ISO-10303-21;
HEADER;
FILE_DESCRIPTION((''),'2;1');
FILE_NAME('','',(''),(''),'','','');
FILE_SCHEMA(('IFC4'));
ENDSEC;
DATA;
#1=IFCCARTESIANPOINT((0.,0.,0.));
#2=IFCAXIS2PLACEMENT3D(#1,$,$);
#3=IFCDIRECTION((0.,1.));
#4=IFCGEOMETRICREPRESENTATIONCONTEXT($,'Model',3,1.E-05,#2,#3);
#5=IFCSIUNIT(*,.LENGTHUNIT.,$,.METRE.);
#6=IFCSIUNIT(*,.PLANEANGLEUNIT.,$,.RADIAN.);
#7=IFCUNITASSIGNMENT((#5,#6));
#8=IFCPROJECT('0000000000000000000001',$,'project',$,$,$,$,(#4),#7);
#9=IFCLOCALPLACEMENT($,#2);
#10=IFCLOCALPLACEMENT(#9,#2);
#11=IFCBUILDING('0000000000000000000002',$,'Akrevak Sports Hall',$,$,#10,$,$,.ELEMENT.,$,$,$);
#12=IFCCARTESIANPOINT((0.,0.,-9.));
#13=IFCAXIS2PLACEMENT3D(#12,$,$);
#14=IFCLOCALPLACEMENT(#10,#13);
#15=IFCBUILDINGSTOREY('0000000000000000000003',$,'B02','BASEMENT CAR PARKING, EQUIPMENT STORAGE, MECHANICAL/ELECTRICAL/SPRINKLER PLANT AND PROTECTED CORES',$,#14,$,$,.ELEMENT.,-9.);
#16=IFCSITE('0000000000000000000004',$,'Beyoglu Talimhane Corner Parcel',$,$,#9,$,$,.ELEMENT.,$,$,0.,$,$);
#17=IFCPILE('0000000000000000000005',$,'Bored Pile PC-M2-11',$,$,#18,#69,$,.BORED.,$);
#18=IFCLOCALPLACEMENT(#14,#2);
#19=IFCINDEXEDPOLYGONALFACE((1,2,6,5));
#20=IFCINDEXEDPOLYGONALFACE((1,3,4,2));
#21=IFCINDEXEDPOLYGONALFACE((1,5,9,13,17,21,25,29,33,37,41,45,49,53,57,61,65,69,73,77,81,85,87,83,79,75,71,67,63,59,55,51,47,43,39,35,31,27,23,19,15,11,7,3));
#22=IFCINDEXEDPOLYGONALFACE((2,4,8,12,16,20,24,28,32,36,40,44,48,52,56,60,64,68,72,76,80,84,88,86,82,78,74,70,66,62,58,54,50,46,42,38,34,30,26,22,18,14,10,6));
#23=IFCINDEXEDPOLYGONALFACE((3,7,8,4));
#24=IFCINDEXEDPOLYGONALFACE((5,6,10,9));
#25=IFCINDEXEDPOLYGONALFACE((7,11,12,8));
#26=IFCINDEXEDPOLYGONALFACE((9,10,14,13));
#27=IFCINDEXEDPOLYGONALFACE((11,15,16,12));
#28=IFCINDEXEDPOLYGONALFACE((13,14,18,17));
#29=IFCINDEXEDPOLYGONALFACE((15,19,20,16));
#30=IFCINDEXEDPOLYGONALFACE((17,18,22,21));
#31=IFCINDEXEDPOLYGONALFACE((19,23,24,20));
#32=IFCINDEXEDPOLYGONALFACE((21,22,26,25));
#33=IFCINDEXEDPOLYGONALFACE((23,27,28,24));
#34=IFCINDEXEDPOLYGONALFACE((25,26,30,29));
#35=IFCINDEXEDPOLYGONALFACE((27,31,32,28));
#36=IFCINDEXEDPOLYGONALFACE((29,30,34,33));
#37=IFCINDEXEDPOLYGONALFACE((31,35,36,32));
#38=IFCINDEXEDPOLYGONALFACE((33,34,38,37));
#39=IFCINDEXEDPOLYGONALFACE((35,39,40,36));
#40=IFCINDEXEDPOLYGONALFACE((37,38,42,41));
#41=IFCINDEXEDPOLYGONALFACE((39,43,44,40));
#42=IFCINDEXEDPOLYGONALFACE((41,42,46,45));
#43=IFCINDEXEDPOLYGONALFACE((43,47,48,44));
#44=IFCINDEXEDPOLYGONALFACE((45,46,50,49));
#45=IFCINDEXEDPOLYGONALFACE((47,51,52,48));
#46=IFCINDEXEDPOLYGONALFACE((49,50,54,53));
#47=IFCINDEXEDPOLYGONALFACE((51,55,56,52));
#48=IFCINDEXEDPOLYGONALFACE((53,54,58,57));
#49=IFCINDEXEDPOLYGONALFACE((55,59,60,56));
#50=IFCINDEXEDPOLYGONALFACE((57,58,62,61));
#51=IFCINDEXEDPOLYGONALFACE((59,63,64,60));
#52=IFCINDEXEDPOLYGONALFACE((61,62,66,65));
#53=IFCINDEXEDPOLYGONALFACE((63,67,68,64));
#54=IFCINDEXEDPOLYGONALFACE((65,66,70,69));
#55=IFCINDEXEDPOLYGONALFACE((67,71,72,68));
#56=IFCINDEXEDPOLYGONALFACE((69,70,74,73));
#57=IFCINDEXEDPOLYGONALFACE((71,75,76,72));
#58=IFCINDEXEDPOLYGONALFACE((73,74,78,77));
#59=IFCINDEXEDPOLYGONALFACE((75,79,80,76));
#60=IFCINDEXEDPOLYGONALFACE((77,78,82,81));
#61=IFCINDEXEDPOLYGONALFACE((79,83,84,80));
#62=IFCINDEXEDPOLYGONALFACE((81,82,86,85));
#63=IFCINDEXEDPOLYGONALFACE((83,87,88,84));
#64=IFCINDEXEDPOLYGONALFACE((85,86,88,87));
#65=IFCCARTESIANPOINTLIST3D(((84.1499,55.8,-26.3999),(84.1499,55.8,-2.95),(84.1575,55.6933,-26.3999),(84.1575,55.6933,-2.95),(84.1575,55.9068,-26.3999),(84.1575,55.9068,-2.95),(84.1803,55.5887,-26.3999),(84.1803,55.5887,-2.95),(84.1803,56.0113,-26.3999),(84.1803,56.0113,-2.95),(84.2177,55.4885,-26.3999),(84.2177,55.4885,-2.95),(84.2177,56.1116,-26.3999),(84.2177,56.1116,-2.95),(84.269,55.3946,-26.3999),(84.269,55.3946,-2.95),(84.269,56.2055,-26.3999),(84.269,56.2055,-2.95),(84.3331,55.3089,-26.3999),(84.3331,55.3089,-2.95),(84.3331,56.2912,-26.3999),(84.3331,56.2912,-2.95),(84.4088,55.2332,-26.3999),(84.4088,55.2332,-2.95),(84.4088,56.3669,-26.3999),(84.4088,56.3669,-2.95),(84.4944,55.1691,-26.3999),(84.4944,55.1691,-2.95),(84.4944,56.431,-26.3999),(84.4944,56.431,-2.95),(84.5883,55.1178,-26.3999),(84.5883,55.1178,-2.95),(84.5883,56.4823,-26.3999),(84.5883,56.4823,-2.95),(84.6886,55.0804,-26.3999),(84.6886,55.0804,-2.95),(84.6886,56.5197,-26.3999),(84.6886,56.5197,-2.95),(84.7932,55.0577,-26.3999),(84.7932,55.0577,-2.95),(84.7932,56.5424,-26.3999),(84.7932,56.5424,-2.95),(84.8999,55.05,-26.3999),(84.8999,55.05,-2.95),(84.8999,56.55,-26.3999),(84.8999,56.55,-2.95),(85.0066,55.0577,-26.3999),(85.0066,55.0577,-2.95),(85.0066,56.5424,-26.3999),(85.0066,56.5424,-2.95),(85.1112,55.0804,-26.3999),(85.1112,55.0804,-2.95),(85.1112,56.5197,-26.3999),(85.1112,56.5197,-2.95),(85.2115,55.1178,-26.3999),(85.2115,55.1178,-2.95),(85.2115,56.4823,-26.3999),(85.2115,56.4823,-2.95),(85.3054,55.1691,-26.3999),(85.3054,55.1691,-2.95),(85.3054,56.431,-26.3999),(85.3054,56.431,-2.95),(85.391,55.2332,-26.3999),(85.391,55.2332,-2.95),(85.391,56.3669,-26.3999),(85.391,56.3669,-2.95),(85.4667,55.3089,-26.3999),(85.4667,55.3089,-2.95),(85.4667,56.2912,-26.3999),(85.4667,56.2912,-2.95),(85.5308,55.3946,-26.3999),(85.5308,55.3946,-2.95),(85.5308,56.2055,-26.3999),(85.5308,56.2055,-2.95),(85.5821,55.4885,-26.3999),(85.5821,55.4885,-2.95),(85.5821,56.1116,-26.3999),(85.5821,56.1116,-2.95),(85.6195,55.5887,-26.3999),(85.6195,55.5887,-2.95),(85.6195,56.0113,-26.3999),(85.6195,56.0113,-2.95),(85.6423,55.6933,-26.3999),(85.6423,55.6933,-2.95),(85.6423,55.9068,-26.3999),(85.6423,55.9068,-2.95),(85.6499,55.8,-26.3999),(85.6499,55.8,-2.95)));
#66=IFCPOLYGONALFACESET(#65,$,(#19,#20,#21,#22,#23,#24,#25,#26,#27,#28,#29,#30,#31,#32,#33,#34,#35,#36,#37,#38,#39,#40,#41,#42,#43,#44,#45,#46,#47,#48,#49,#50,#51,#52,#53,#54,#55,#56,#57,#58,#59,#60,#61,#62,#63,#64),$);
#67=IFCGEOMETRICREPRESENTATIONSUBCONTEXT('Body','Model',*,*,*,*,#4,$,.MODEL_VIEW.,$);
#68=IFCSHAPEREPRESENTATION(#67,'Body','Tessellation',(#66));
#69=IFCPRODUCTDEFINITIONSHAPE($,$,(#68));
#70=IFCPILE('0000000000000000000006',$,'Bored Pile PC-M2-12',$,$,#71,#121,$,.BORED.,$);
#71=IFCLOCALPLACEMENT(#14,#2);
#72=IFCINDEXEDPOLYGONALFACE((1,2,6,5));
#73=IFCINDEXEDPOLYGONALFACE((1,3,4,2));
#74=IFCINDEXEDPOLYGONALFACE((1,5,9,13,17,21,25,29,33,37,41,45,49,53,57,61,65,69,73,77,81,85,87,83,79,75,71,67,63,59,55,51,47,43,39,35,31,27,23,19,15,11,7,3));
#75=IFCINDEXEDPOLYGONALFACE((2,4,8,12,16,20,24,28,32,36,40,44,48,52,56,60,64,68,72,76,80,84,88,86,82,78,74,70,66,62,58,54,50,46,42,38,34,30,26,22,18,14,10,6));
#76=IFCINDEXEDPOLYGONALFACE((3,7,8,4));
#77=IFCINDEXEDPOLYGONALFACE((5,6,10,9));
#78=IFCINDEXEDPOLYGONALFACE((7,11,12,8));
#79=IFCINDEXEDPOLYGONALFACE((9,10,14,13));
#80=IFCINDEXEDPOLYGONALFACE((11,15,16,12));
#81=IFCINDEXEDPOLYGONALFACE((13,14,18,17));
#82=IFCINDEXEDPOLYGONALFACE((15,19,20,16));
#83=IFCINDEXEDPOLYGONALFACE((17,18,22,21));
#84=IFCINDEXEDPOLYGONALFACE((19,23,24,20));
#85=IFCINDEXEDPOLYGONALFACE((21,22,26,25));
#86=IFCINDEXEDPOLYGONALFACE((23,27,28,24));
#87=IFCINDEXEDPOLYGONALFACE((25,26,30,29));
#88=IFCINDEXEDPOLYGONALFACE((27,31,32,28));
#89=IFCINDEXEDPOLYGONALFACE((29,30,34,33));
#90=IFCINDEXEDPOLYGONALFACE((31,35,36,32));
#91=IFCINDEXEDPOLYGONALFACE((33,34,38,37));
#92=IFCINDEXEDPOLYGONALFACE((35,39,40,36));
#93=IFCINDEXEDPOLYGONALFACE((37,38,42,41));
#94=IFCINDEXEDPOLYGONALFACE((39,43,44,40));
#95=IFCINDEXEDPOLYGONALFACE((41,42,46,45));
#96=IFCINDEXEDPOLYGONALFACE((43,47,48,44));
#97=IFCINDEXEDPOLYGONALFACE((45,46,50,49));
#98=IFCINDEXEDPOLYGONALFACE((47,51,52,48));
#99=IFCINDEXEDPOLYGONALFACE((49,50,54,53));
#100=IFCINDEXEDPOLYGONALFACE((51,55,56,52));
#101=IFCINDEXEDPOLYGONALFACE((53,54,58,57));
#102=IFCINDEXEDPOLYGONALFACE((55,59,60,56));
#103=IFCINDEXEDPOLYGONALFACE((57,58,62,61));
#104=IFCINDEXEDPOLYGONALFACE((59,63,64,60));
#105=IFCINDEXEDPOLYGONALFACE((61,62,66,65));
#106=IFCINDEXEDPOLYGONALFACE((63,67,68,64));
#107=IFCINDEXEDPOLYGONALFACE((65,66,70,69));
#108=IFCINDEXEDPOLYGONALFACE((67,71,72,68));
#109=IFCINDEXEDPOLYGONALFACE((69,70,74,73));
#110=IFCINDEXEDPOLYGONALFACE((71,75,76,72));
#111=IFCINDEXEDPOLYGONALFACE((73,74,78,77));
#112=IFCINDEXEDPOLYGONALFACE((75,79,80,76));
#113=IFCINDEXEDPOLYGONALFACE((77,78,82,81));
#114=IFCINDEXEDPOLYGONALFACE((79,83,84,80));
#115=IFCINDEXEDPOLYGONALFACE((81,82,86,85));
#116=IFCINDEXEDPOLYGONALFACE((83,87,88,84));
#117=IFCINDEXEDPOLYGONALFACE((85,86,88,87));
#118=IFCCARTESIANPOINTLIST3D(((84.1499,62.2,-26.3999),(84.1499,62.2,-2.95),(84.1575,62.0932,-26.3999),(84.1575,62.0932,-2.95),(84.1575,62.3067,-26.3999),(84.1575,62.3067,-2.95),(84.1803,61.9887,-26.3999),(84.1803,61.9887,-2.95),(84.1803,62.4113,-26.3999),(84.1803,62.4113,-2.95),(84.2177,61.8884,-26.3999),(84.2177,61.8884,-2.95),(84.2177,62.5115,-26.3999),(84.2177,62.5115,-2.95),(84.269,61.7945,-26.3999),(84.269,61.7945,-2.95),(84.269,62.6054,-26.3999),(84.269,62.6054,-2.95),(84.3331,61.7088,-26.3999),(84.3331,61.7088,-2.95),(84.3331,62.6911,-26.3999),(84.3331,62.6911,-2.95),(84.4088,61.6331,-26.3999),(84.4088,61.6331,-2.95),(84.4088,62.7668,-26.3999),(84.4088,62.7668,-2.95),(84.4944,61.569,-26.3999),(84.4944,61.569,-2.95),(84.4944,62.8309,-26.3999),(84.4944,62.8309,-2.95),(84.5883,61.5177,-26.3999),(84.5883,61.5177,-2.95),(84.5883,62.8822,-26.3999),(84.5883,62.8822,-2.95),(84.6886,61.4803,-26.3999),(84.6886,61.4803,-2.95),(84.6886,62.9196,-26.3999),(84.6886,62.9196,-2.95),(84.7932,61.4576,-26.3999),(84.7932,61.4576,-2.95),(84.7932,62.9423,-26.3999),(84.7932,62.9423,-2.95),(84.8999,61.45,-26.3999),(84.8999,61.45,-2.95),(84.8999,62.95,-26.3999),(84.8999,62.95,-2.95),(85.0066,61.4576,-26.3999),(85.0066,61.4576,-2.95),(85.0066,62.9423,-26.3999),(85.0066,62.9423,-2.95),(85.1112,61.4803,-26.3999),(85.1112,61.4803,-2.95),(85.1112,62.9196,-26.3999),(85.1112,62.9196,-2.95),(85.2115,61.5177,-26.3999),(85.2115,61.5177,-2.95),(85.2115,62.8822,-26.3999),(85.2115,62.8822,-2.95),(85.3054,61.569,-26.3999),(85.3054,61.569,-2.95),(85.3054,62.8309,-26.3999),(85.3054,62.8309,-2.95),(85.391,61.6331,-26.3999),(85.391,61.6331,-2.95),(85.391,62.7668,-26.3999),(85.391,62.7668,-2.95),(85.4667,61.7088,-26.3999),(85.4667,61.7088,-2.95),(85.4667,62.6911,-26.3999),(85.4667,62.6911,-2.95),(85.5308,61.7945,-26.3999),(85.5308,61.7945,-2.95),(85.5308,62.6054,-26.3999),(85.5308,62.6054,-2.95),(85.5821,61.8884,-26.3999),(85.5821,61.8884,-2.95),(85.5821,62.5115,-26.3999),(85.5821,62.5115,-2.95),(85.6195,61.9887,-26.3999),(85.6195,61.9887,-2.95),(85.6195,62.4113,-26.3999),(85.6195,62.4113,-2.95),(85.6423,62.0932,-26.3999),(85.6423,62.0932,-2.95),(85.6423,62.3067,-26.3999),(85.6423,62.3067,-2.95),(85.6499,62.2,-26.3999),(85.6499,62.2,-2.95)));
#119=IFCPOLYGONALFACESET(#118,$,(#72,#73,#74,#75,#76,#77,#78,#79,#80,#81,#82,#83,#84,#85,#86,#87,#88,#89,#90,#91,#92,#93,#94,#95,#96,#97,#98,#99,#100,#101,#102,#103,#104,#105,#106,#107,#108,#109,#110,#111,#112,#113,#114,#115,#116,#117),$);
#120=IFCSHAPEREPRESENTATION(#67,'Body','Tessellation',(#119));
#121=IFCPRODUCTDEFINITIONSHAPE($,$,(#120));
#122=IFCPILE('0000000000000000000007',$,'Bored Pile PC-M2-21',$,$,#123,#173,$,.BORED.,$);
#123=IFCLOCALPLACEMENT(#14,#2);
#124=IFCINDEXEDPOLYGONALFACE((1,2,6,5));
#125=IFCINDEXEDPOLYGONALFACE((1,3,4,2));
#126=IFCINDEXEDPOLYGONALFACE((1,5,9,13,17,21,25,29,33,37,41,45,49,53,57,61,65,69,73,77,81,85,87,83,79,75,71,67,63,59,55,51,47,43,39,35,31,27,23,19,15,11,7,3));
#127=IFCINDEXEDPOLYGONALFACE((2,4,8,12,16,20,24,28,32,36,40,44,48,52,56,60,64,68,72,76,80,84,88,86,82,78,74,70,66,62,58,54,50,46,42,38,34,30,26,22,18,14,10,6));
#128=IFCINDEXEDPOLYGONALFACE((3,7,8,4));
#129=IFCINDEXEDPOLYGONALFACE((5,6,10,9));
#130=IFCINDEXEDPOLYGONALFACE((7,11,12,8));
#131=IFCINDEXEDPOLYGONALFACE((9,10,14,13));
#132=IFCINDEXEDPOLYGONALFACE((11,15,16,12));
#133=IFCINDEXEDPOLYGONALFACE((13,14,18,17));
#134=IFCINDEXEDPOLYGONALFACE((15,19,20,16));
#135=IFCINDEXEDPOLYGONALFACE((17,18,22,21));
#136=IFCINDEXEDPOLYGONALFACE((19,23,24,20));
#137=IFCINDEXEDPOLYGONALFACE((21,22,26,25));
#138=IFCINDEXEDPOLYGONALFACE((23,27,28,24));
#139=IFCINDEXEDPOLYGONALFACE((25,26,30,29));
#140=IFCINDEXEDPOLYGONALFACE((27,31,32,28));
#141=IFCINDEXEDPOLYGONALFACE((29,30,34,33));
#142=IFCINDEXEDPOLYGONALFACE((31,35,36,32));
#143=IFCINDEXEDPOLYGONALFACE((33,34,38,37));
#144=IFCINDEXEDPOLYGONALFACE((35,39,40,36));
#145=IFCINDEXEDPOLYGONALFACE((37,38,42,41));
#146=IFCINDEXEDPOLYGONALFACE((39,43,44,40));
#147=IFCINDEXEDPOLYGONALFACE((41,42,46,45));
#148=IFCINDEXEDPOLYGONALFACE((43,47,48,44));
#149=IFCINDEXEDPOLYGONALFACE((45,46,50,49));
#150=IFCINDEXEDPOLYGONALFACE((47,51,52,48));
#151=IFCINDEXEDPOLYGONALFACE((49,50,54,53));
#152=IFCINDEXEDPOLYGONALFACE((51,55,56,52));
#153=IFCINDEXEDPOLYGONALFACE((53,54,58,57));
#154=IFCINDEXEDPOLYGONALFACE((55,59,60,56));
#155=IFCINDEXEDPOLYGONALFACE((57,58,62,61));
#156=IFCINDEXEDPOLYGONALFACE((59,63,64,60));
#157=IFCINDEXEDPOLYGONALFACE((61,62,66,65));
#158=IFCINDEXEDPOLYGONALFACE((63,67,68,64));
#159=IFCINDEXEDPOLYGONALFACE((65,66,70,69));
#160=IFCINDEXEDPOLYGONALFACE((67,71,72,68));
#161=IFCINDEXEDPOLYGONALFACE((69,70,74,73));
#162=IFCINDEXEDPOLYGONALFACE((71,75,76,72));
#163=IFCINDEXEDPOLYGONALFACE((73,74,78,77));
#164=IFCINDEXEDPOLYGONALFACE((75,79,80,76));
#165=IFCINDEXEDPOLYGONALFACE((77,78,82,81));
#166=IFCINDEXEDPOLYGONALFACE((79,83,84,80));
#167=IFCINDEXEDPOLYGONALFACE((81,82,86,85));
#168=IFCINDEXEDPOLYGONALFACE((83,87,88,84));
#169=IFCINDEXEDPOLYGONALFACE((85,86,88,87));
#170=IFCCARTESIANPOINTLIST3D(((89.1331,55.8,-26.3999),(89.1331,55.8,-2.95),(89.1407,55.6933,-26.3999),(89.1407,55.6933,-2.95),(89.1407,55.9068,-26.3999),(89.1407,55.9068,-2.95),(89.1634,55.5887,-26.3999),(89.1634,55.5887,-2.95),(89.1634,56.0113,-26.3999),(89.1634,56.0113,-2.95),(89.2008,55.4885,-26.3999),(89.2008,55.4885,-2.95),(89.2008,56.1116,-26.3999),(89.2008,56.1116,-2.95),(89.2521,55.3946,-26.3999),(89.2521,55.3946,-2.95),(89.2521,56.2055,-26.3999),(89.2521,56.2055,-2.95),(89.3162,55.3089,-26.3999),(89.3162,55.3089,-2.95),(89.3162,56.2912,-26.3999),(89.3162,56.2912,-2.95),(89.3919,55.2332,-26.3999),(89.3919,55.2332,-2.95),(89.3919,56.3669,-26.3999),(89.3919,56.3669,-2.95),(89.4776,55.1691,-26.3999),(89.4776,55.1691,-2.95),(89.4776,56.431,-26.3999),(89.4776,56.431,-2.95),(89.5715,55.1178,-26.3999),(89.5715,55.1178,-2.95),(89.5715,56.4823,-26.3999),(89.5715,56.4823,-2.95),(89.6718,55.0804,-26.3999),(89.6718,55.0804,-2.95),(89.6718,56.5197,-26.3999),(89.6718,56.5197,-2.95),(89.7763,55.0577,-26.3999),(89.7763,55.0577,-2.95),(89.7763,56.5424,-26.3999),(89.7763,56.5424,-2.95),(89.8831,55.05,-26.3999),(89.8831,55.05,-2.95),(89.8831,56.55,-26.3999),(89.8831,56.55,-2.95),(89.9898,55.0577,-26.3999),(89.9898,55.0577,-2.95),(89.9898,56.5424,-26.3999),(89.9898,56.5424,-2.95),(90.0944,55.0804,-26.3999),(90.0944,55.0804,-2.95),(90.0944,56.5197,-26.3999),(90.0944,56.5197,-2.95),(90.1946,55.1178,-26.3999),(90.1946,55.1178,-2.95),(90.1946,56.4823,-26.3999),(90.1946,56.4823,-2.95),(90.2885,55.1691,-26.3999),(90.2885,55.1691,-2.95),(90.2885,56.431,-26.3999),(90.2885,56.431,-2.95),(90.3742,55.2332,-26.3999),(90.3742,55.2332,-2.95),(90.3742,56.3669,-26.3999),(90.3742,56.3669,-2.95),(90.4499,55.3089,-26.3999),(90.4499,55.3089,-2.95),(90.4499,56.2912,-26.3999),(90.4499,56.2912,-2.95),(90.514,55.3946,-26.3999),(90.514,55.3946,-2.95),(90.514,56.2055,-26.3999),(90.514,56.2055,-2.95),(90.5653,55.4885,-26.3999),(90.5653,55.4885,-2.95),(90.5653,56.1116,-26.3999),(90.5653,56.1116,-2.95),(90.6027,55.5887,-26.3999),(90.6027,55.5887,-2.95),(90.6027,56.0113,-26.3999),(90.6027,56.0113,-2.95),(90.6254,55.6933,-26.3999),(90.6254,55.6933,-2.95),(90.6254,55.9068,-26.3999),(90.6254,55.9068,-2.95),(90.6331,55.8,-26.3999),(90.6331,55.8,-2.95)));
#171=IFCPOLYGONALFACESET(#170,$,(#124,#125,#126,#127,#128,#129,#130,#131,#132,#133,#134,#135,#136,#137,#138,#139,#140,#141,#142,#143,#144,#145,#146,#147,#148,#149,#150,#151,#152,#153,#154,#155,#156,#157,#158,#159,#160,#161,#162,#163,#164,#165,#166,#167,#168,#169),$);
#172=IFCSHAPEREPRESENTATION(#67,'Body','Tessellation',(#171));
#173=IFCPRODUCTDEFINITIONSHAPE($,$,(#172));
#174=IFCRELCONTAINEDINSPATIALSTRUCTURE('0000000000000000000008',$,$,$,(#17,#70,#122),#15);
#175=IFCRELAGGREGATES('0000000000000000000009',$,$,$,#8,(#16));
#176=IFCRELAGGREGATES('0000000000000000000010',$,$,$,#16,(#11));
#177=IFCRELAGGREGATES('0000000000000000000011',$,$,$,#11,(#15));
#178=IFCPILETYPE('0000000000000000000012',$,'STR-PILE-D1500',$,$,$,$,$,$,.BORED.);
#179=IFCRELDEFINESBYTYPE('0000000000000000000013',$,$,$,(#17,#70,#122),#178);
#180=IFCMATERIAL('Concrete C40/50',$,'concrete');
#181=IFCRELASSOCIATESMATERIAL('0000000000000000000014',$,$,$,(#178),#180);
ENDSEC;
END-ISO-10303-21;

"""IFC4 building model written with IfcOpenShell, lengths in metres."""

from ifc_helpers import new_model, si_unit, direction, frame, origin, origin_2d, place, context, subcontext, project, spatial, circle, extrude, material, material_profile, profile_set, type_object, element, save


model = new_model("IFC4")

# Units and contexts
model_context = context("Model", 3, precision=1e-05, world=origin(), true_north=direction((0.0, 1.0)))
body_context = subcontext(model_context, "Body", "Model", "MODEL_VIEW")
ifc_project = project(units=[si_unit("LENGTHUNIT", "METRE"), si_unit("PLANEANGLEUNIT", "RADIAN")], contexts=[model_context])

# Site, building, storey
site_placement = place(None, origin())
site = spatial("IfcSite", under=ifc_project, at=site_placement, Name="Beyoglu Talimhane Corner Parcel", CompositionType="ELEMENT", RefElevation=0.0)
building_placement = place(site_placement, origin())
building = spatial("IfcBuilding", under=site, at=building_placement, Name="Akrevak Sports Hall", CompositionType="ELEMENT")
storey_placement = place(building_placement, frame((0.0, 0.0, -9.0)))
storey = spatial("IfcBuildingStorey", under=building, at=storey_placement, Name="B02", Description="BASEMENT CAR PARKING, EQUIPMENT STORAGE, MECHANICAL/ELECTRICAL/SPRINKLER PLANT AND PROTECTED CORES", CompositionType="ELEMENT", Elevation=-9.0)

# Shared definitions
ifc_material_1 = material(Name="Concrete C40/50", Category="concrete")

# Piles
ifc_material_profile_1 = material_profile(ifc_material_1, circle(Radius=0.75, at=origin_2d()), Name="BORED PILE D1500", Category="concrete")
ifc_profile_set_1 = profile_set([ifc_material_profile_1], Name="Concrete C40/50")
pile_type_1 = type_object("IfcPileType", Name="STR-PILE-D1500", PredefinedType="BORED", material=ifc_profile_set_1)
for number, where, z_axis, x_axis, name in (
    (1, (84.8999, 55.8, -2.95), (0.0, 0.0, -1.0), (1.0, 0.0, 0.0), "Bored Pile PC-M2-11"),
    (2, (84.8999, 62.2, -2.95), (0.0, 0.0, -1.0), (1.0, 0.0, 0.0), "Bored Pile PC-M2-12"),
    (3, (89.8831, 55.8, -2.95), (0.0, 0.0, -1.0), (1.0, 0.0, 0.0), "Bored Pile PC-M2-21"),
):
    element("IfcPile", number, at=place(storey_placement, frame(where, z_axis=z_axis, x_axis=x_axis)), inside=storey, type_object=pile_type_1, Name=name, PredefinedType="BORED", context=body_context, shape_type="SweptSolid", body=[
        extrude(circle(Radius=0.75, at=origin_2d()), origin(), (0.0, 0.0, 1.0), 23.45),
    ])

save(model, "model.ifc")
